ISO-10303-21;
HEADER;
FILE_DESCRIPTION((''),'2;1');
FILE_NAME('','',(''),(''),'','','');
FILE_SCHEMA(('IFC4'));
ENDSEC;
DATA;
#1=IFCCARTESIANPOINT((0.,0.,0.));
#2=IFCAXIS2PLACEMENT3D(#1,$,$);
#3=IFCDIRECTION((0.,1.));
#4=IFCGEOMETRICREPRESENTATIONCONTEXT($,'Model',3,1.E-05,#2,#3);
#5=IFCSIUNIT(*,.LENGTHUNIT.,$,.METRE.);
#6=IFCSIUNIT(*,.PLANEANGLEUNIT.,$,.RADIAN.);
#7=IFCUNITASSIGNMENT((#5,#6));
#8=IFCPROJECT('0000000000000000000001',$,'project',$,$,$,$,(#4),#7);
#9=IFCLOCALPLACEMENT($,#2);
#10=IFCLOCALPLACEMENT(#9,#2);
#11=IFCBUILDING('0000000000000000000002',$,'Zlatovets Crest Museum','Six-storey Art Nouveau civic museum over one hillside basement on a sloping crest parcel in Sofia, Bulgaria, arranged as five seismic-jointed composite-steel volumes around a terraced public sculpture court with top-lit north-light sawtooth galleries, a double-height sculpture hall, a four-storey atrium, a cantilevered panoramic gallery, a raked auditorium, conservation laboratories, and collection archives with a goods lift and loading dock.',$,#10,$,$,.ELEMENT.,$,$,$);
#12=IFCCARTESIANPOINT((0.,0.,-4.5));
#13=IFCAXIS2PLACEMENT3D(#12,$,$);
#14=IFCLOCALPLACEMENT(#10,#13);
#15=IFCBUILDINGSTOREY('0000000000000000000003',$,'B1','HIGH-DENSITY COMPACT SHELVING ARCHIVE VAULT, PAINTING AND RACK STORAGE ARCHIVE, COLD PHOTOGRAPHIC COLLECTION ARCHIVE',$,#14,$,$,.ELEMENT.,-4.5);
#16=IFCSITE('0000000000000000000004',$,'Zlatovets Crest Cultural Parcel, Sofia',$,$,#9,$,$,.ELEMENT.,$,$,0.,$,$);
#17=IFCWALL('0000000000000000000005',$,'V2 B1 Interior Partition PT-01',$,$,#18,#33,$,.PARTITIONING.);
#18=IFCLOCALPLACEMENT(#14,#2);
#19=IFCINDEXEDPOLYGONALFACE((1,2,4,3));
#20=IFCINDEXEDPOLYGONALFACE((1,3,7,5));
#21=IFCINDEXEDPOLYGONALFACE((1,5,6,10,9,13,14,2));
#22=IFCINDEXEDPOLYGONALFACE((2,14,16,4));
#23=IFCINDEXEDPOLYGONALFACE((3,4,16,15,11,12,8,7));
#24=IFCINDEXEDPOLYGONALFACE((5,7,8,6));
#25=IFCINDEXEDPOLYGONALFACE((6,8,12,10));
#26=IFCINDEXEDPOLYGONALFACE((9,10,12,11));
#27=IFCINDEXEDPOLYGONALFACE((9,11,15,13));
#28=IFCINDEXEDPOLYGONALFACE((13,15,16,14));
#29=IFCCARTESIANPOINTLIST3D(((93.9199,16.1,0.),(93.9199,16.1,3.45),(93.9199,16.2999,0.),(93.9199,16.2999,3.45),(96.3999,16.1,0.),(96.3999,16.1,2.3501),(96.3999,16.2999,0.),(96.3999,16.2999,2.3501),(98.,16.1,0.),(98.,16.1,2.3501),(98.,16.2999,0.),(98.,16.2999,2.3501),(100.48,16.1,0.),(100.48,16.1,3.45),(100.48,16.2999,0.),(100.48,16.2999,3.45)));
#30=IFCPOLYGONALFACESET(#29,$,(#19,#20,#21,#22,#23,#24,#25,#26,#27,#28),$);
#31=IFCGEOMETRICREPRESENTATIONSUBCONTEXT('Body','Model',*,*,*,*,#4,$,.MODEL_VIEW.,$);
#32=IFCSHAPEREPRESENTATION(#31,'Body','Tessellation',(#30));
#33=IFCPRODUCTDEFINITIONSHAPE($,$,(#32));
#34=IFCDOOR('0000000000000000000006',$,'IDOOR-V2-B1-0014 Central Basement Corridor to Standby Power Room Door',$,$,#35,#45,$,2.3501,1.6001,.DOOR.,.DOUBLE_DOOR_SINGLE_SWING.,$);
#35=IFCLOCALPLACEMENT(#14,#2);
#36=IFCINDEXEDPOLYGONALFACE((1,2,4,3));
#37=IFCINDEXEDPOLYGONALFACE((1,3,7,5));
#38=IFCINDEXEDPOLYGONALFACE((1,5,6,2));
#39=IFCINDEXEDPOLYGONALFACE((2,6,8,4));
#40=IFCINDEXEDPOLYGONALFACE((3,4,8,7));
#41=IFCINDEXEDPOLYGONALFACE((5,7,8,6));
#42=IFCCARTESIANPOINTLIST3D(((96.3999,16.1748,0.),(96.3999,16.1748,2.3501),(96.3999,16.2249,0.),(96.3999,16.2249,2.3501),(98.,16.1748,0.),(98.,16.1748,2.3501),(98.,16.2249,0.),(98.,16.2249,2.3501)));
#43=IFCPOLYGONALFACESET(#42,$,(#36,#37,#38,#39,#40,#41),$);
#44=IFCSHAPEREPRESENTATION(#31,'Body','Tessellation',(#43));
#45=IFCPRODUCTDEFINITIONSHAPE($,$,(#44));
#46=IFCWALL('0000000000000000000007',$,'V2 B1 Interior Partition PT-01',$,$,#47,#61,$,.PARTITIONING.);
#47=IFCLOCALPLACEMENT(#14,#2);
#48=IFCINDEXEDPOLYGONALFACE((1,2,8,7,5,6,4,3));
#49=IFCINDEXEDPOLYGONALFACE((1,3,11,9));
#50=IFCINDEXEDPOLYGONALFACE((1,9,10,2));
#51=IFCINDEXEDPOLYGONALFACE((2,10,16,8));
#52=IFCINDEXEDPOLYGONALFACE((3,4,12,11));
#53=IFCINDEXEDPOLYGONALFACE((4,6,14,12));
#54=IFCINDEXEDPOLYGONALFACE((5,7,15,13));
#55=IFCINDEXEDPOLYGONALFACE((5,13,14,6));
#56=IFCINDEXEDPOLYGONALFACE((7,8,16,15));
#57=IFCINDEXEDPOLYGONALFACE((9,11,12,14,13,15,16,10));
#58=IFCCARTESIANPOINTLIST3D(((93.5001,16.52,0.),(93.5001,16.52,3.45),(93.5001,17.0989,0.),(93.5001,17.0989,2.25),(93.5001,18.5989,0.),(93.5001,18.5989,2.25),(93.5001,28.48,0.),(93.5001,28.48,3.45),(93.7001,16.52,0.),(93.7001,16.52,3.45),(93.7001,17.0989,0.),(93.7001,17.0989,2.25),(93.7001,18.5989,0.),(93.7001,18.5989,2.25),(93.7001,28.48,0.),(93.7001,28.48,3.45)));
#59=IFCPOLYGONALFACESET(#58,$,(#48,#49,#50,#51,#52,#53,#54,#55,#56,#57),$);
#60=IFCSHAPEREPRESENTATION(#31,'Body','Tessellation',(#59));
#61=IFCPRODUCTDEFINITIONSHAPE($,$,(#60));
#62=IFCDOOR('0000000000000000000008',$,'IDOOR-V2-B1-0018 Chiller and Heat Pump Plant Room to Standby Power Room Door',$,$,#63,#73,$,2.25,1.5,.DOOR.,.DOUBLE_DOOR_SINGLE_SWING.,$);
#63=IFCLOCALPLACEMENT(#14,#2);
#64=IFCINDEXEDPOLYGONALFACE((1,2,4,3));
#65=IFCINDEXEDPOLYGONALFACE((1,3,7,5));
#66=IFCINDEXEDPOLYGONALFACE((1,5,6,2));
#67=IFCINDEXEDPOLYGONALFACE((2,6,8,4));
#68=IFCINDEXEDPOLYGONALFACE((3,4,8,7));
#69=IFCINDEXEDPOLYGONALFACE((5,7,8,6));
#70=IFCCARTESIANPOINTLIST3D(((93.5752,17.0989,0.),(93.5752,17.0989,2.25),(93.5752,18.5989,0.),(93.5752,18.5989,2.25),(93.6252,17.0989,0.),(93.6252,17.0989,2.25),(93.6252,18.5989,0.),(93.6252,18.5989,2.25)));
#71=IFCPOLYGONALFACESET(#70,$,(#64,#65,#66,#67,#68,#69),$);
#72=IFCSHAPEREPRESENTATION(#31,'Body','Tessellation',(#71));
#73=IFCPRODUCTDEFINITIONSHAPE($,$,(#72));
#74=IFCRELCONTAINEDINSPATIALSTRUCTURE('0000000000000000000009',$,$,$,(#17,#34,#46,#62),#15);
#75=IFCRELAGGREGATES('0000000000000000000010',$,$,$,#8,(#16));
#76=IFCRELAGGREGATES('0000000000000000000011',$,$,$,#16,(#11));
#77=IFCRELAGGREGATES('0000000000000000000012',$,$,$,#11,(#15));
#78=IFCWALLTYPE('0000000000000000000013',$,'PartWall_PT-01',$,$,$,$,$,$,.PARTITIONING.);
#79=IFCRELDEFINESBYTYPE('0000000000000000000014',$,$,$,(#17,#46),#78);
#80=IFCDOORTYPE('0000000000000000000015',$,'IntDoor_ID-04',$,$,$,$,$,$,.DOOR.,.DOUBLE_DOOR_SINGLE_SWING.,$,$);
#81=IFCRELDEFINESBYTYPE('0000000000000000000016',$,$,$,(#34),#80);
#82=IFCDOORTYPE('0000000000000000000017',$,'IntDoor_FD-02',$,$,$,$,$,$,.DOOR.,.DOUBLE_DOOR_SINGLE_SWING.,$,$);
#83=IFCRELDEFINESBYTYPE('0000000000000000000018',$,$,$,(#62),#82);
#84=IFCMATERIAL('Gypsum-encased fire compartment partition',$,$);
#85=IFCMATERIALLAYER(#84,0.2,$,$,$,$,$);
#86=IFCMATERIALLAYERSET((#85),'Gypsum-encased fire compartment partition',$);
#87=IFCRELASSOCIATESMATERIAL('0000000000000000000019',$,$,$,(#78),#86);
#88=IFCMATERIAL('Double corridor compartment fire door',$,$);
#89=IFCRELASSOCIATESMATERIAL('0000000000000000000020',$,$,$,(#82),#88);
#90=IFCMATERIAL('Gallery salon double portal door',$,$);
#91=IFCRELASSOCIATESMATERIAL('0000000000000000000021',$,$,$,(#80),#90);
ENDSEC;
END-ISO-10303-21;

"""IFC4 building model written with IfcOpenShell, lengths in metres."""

from ifc_helpers import new_model, si_unit, direction, frame, frame_2d, origin, place, context, subcontext, project, spatial, rectangle, extrude, material, layer, layer_set, type_object, element, fill, save


model = new_model("IFC4")

# Units and contexts
model_context = context("Model", 3, precision=1e-05, world=origin(), true_north=direction((0.0, 1.0)))
body_context = subcontext(model_context, "Body", "Model", "MODEL_VIEW")
ifc_project = project(units=[si_unit("LENGTHUNIT", "METRE"), si_unit("PLANEANGLEUNIT", "RADIAN")], contexts=[model_context])

# Site, building, storey
site_placement = place(None, origin())
site = spatial("IfcSite", under=ifc_project, at=site_placement, Name="Zlatovets Crest Cultural Parcel, Sofia", CompositionType="ELEMENT", RefElevation=0.0)
building_placement = place(site_placement, origin())
building = spatial("IfcBuilding", under=site, at=building_placement, Name="Zlatovets Crest Museum", Description="Six-storey Art Nouveau civic museum over one hillside basement on a sloping crest parcel in Sofia, Bulgaria, arranged as five seismic-jointed composite-steel volumes around a terraced public sculpture court with top-lit north-light sawtooth galleries, a double-height sculpture hall, a four-storey atrium, a cantilevered panoramic gallery, a raked auditorium, conservation laboratories, and collection archives with a goods lift and loading dock.", CompositionType="ELEMENT")
storey_placement = place(building_placement, frame((0.0, 0.0, -4.5)))
storey = spatial("IfcBuildingStorey", under=building, at=storey_placement, Name="B1", Description="HIGH-DENSITY COMPACT SHELVING ARCHIVE VAULT, PAINTING AND RACK STORAGE ARCHIVE, COLD PHOTOGRAPHIC COLLECTION ARCHIVE", CompositionType="ELEMENT", Elevation=-4.5)

# Walls, openings, doors
ifc_material_1 = material(Name="Gypsum-encased fire compartment partition")
ifc_layer = layer(ifc_material_1, 0.2)
ifc_layer_set = layer_set([ifc_layer], Name="Gypsum-encased fire compartment partition")
wall_type = type_object("IfcWallType", Name="PartWall_PT-01", PredefinedType="PARTITIONING", material=ifc_layer_set)
ifc_material_2 = material(Name="Double corridor compartment fire door")
door_type_1 = type_object("IfcDoorType", Name="IntDoor_FD-02", OperationType="DOUBLE_DOOR_SINGLE_SWING", PredefinedType="DOOR", material=ifc_material_2)
wall_1_placement = place(storey_placement, frame((93.9199, 16.2, 0.0), z_axis=(0.0, 0.0, 1.0), x_axis=(1.0, 0.0, 0.0)))
wall_1 = element("IfcWall", 1, at=wall_1_placement, inside=storey, type_object=wall_type, Name="V2 B1 Interior Partition PT-01", PredefinedType="PARTITIONING", context=body_context, shape_type="SweptSolid", body=[
    extrude(rectangle(XDim=6.5601, YDim=0.2, at=frame_2d((3.28, 0.0))), origin(), (0.0, 0.0, 1.0), 3.45),
])
opening_1_placement = place(wall_1_placement, frame((2.48, 0.0, 0.0)))
opening_1 = element("IfcOpeningElement", 2, at=opening_1_placement, cuts=wall_1, PredefinedType="OPENING", context=body_context, shape_type="SweptSolid", body=[
    extrude(rectangle(XDim=1.6001, YDim=2.3501, at=frame_2d((0.8, 1.175))), frame((0.0, 0.1099, 0.0), z_axis=(0.0, -1.0, 0.0), x_axis=(1.0, 0.0, 0.0)), (0.0, 0.0, 1.0), 0.22),
])
ifc_material_3 = material(Name="Gallery salon double portal door")
door_type_2 = type_object("IfcDoorType", Name="IntDoor_ID-04", OperationType="DOUBLE_DOOR_SINGLE_SWING", PredefinedType="DOOR", material=ifc_material_3)
door_1_placement = place(opening_1_placement, origin())
door_1 = element("IfcDoor", 3, at=door_1_placement, inside=storey, type_object=door_type_2, Name="IDOOR-V2-B1-0014 Central Basement Corridor to Standby Power Room Door", OperationType="DOUBLE_DOOR_SINGLE_SWING", OverallHeight=2.3501, OverallWidth=1.6001, PredefinedType="DOOR", context=body_context, shape_type="SweptSolid", body=[
    extrude(rectangle(XDim=1.6001, YDim=2.3501, at=frame_2d((0.8, 1.175))), frame((0.0, 0.0249, 0.0), z_axis=(0.0, -1.0, 0.0), x_axis=(1.0, 0.0, 0.0)), (0.0, 0.0, 1.0), 0.05),
])
fill(opening_1, door_1)
wall_2_placement = place(storey_placement, frame((93.6001, 16.52, 0.0), z_axis=(0.0, 0.0, 1.0), x_axis=(0.0, 1.0, 0.0)))
wall_2 = element("IfcWall", 4, at=wall_2_placement, inside=storey, type_object=wall_type, Name="V2 B1 Interior Partition PT-01", PredefinedType="PARTITIONING", context=body_context, shape_type="SweptSolid", body=[
    extrude(rectangle(XDim=11.96, YDim=0.2, at=frame_2d((5.98, 0.0))), origin(), (0.0, 0.0, 1.0), 3.45),
])
opening_2_placement = place(wall_2_placement, frame((0.5789, 0.0, 0.0)))
opening_2 = element("IfcOpeningElement", 5, at=opening_2_placement, cuts=wall_2, PredefinedType="OPENING", context=body_context, shape_type="SweptSolid", body=[
    extrude(rectangle(XDim=1.5, YDim=2.25, at=frame_2d((0.75, 1.125))), frame((0.0, 0.1099, 0.0), z_axis=(0.0, -1.0, 0.0), x_axis=(1.0, 0.0, 0.0)), (0.0, 0.0, 1.0), 0.22),
])
door_2_placement = place(opening_2_placement, origin())
door_2 = element("IfcDoor", 6, at=door_2_placement, inside=storey, type_object=door_type_1, Name="IDOOR-V2-B1-0018 Chiller and Heat Pump Plant Room to Standby Power Room Door", OperationType="DOUBLE_DOOR_SINGLE_SWING", OverallHeight=2.25, OverallWidth=1.5, PredefinedType="DOOR", context=body_context, shape_type="SweptSolid", body=[
    extrude(rectangle(XDim=1.5, YDim=2.25, at=frame_2d((0.75, 1.125))), frame((0.0, 0.0249, 0.0), z_axis=(0.0, -1.0, 0.0), x_axis=(1.0, 0.0, 0.0)), (0.0, 0.0, 1.0), 0.05),
])
fill(opening_2, door_2)

save(model, "model.ifc")
